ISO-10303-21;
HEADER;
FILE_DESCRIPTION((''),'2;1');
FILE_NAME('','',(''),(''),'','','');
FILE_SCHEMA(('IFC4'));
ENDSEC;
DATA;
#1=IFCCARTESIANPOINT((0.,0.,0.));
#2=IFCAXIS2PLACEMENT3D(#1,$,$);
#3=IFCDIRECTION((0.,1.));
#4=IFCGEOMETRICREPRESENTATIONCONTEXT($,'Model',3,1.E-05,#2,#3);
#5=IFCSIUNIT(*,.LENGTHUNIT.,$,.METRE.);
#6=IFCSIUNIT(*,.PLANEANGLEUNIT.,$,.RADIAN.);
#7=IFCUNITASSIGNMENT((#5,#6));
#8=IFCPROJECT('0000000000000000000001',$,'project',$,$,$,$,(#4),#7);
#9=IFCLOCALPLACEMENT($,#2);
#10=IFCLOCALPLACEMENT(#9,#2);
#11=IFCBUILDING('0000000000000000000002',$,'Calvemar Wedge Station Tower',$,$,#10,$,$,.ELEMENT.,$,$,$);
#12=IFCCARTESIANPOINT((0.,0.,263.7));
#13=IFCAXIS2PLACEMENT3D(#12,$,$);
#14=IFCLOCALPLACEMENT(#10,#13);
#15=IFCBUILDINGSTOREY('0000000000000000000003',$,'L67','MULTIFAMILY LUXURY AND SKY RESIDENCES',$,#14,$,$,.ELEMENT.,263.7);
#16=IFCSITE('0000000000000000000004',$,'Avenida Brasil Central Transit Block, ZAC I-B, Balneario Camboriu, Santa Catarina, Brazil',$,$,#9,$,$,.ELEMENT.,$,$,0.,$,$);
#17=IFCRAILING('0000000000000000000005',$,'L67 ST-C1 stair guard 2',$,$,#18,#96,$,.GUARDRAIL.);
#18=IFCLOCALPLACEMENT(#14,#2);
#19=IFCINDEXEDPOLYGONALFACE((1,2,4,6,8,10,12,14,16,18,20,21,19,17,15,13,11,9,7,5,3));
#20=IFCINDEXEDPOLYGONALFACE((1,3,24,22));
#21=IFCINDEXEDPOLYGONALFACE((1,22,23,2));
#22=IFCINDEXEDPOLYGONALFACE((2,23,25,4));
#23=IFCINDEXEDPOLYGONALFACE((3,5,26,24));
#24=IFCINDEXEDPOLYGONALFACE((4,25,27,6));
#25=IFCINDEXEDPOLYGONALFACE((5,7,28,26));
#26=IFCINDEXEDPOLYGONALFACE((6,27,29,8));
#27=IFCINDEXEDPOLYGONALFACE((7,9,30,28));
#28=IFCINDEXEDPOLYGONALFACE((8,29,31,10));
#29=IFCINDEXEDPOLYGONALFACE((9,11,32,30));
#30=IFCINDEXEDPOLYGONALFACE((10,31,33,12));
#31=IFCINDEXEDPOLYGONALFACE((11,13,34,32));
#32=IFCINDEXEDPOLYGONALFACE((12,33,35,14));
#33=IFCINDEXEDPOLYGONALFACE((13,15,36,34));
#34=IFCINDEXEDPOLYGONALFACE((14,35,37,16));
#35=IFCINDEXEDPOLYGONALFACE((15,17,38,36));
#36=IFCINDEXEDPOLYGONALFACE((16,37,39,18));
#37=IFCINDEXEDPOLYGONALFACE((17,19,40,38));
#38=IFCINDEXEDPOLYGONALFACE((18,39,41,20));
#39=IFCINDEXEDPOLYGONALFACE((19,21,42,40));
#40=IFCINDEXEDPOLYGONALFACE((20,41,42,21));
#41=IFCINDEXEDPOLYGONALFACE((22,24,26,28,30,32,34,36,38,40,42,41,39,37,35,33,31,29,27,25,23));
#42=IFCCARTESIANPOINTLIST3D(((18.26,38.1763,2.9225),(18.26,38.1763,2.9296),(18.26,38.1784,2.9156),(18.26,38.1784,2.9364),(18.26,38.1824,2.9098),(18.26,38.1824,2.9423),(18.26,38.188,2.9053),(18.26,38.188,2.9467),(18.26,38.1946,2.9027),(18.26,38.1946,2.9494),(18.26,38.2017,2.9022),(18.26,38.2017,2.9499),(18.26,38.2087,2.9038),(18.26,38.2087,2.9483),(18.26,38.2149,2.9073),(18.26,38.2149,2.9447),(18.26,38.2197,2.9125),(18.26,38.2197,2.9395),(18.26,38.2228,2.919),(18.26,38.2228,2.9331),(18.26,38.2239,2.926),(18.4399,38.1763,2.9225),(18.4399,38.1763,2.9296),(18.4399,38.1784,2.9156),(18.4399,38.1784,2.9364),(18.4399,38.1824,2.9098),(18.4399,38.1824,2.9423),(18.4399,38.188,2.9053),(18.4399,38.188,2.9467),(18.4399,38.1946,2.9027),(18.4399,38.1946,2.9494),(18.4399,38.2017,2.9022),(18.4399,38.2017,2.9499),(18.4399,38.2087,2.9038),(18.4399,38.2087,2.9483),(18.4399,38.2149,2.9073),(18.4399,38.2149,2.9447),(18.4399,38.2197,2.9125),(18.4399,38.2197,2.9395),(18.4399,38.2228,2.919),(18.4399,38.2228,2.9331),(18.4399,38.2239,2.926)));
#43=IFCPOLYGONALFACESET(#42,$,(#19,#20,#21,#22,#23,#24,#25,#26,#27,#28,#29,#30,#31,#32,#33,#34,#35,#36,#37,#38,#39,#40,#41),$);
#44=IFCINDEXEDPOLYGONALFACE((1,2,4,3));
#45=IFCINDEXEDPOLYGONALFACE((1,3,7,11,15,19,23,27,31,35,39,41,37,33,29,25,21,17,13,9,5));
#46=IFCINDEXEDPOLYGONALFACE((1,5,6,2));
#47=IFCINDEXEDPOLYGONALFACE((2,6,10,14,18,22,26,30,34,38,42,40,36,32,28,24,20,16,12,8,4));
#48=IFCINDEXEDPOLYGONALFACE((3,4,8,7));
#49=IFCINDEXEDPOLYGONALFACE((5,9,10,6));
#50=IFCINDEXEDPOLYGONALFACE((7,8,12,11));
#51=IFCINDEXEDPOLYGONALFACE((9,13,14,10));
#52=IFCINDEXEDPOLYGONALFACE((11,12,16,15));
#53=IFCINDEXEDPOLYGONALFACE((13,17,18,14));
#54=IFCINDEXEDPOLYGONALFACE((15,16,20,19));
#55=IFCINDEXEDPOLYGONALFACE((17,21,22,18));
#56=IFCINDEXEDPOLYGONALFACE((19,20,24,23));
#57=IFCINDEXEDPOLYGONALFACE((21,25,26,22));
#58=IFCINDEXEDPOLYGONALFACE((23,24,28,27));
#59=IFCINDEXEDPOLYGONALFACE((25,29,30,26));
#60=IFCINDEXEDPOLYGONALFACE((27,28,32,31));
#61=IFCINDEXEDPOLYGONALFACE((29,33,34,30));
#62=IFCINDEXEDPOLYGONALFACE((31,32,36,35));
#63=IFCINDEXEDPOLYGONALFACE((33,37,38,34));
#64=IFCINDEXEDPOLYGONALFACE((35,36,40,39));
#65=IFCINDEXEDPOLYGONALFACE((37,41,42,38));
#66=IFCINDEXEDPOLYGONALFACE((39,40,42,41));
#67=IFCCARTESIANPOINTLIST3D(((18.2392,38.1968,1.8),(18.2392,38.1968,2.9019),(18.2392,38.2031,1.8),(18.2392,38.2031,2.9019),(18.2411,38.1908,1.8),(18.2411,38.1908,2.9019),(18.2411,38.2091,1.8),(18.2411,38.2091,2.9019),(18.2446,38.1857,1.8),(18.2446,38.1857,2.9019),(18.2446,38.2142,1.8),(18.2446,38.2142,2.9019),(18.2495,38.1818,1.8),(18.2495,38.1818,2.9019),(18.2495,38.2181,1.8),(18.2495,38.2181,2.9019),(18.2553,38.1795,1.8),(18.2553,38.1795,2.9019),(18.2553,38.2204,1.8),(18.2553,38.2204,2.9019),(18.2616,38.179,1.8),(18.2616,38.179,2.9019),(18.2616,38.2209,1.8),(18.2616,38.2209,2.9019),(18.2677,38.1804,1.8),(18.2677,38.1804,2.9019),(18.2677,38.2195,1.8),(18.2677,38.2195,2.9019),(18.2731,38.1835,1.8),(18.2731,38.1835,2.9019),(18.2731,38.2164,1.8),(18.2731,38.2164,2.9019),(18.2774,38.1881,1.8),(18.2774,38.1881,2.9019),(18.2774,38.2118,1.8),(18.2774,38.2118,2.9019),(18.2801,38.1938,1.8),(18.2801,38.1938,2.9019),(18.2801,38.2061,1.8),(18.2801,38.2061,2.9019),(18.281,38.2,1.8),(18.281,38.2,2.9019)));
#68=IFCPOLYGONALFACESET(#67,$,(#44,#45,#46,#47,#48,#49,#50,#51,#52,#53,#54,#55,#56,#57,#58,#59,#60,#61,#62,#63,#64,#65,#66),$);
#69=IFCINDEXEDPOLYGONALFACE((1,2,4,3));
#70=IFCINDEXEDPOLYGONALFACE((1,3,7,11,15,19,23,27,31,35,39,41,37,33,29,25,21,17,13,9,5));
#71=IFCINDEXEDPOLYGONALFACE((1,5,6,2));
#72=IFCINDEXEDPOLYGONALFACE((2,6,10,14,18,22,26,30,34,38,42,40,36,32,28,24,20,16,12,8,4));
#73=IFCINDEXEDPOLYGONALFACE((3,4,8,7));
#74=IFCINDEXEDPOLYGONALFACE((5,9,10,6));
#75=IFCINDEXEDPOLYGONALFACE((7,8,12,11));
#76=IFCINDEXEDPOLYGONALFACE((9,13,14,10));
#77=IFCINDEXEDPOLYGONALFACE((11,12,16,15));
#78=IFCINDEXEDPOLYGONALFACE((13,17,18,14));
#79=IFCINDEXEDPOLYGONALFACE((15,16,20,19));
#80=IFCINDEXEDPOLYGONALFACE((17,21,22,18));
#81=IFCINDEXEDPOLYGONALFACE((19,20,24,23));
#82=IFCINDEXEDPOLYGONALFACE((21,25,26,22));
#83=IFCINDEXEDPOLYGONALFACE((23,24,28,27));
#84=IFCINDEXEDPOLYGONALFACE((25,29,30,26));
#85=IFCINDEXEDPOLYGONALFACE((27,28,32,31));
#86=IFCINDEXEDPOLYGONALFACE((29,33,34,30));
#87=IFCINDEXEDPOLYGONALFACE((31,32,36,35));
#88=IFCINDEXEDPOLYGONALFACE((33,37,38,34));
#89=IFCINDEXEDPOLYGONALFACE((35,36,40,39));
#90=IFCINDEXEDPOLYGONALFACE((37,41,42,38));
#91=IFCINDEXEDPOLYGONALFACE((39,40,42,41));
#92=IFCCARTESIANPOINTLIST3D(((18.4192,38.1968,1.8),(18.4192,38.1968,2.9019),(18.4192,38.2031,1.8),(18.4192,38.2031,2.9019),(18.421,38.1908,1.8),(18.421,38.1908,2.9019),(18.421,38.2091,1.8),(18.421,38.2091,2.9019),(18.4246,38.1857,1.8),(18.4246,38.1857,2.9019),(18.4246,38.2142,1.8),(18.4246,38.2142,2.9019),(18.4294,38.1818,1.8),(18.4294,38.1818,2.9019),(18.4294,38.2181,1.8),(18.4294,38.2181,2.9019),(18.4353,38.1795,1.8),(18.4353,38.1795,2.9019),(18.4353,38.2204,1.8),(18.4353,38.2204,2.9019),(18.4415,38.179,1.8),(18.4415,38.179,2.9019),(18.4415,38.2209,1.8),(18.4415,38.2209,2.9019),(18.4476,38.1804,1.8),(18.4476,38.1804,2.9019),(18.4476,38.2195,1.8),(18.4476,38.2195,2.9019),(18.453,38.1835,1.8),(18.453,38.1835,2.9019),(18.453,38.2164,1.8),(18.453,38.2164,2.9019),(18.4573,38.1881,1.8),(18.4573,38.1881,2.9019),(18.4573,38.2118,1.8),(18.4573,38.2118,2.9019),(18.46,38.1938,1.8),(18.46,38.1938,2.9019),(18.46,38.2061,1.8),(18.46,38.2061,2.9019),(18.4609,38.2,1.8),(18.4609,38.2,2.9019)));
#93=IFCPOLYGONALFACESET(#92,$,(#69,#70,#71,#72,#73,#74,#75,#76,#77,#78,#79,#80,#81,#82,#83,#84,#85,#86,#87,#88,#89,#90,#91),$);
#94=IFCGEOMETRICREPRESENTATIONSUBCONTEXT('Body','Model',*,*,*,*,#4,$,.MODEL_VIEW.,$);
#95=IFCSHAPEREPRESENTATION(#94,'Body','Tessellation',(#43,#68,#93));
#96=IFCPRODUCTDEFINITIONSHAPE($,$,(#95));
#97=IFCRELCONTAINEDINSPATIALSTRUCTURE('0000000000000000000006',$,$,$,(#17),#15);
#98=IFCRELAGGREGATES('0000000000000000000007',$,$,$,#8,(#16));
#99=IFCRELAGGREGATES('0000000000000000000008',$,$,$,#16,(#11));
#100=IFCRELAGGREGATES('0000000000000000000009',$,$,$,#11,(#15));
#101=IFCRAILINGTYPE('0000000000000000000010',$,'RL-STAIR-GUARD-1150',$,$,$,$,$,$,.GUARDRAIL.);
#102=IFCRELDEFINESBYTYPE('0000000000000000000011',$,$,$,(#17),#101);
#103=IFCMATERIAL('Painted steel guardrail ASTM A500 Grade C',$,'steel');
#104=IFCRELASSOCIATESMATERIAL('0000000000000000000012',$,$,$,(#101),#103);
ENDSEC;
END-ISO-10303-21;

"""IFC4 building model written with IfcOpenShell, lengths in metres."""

from ifc_helpers import new_model, si_unit, direction, frame, origin, origin_2d, place, context, subcontext, project, spatial, circle, extrude, material, type_object, element, save


model = new_model("IFC4")

# Units and contexts
model_context = context("Model", 3, precision=1e-05, world=origin(), true_north=direction((0.0, 1.0)))
body_context = subcontext(model_context, "Body", "Model", "MODEL_VIEW")
ifc_project = project(units=[si_unit("LENGTHUNIT", "METRE"), si_unit("PLANEANGLEUNIT", "RADIAN")], contexts=[model_context])

# Site, building, storey
site_placement = place(None, origin())
site = spatial("IfcSite", under=ifc_project, at=site_placement, Name="Avenida Brasil Central Transit Block, ZAC I-B, Balneario Camboriu, Santa Catarina, Brazil", CompositionType="ELEMENT", RefElevation=0.0)
building_placement = place(site_placement, origin())
building = spatial("IfcBuilding", under=site, at=building_placement, Name="Calvemar Wedge Station Tower", CompositionType="ELEMENT")
storey_placement = place(building_placement, frame((0.0, 0.0, 263.7)))
storey = spatial("IfcBuildingStorey", under=building, at=storey_placement, Name="L67", Description="MULTIFAMILY LUXURY AND SKY RESIDENCES", CompositionType="ELEMENT", Elevation=263.7)

# Railing
ifc_material_1 = material(Name="Painted steel guardrail ASTM A500 Grade C", Category="steel")
railing_type = type_object("IfcRailingType", Name="RL-STAIR-GUARD-1150", PredefinedType="GUARDRAIL", material=ifc_material_1)
railing_placement = place(storey_placement, frame((18.26, 38.2, 1.8)))
element("IfcRailing", 1, at=railing_placement, inside=storey, type_object=railing_type, Name="L67 ST-C1 stair guard 2", PredefinedType="GUARDRAIL", context=body_context, shape_type="SweptSolid", body=[
    extrude(circle(Radius=0.0239, at=origin_2d()), frame((0.0, 0.0, 1.126), z_axis=(1.0, 0.0, 0.0), x_axis=(0.0, 1.0, 0.0)), (0.0, 0.0, 1.0), 0.1799),
    extrude(circle(Radius=0.021, at=origin_2d()), origin(), (0.0, 0.0, 1.0), 1.1018),
    extrude(circle(Radius=0.021, at=origin_2d()), frame((0.1799, 0.0, 0.0)), (0.0, 0.0, 1.0), 1.1018),
])

save(model, "model.ifc")
